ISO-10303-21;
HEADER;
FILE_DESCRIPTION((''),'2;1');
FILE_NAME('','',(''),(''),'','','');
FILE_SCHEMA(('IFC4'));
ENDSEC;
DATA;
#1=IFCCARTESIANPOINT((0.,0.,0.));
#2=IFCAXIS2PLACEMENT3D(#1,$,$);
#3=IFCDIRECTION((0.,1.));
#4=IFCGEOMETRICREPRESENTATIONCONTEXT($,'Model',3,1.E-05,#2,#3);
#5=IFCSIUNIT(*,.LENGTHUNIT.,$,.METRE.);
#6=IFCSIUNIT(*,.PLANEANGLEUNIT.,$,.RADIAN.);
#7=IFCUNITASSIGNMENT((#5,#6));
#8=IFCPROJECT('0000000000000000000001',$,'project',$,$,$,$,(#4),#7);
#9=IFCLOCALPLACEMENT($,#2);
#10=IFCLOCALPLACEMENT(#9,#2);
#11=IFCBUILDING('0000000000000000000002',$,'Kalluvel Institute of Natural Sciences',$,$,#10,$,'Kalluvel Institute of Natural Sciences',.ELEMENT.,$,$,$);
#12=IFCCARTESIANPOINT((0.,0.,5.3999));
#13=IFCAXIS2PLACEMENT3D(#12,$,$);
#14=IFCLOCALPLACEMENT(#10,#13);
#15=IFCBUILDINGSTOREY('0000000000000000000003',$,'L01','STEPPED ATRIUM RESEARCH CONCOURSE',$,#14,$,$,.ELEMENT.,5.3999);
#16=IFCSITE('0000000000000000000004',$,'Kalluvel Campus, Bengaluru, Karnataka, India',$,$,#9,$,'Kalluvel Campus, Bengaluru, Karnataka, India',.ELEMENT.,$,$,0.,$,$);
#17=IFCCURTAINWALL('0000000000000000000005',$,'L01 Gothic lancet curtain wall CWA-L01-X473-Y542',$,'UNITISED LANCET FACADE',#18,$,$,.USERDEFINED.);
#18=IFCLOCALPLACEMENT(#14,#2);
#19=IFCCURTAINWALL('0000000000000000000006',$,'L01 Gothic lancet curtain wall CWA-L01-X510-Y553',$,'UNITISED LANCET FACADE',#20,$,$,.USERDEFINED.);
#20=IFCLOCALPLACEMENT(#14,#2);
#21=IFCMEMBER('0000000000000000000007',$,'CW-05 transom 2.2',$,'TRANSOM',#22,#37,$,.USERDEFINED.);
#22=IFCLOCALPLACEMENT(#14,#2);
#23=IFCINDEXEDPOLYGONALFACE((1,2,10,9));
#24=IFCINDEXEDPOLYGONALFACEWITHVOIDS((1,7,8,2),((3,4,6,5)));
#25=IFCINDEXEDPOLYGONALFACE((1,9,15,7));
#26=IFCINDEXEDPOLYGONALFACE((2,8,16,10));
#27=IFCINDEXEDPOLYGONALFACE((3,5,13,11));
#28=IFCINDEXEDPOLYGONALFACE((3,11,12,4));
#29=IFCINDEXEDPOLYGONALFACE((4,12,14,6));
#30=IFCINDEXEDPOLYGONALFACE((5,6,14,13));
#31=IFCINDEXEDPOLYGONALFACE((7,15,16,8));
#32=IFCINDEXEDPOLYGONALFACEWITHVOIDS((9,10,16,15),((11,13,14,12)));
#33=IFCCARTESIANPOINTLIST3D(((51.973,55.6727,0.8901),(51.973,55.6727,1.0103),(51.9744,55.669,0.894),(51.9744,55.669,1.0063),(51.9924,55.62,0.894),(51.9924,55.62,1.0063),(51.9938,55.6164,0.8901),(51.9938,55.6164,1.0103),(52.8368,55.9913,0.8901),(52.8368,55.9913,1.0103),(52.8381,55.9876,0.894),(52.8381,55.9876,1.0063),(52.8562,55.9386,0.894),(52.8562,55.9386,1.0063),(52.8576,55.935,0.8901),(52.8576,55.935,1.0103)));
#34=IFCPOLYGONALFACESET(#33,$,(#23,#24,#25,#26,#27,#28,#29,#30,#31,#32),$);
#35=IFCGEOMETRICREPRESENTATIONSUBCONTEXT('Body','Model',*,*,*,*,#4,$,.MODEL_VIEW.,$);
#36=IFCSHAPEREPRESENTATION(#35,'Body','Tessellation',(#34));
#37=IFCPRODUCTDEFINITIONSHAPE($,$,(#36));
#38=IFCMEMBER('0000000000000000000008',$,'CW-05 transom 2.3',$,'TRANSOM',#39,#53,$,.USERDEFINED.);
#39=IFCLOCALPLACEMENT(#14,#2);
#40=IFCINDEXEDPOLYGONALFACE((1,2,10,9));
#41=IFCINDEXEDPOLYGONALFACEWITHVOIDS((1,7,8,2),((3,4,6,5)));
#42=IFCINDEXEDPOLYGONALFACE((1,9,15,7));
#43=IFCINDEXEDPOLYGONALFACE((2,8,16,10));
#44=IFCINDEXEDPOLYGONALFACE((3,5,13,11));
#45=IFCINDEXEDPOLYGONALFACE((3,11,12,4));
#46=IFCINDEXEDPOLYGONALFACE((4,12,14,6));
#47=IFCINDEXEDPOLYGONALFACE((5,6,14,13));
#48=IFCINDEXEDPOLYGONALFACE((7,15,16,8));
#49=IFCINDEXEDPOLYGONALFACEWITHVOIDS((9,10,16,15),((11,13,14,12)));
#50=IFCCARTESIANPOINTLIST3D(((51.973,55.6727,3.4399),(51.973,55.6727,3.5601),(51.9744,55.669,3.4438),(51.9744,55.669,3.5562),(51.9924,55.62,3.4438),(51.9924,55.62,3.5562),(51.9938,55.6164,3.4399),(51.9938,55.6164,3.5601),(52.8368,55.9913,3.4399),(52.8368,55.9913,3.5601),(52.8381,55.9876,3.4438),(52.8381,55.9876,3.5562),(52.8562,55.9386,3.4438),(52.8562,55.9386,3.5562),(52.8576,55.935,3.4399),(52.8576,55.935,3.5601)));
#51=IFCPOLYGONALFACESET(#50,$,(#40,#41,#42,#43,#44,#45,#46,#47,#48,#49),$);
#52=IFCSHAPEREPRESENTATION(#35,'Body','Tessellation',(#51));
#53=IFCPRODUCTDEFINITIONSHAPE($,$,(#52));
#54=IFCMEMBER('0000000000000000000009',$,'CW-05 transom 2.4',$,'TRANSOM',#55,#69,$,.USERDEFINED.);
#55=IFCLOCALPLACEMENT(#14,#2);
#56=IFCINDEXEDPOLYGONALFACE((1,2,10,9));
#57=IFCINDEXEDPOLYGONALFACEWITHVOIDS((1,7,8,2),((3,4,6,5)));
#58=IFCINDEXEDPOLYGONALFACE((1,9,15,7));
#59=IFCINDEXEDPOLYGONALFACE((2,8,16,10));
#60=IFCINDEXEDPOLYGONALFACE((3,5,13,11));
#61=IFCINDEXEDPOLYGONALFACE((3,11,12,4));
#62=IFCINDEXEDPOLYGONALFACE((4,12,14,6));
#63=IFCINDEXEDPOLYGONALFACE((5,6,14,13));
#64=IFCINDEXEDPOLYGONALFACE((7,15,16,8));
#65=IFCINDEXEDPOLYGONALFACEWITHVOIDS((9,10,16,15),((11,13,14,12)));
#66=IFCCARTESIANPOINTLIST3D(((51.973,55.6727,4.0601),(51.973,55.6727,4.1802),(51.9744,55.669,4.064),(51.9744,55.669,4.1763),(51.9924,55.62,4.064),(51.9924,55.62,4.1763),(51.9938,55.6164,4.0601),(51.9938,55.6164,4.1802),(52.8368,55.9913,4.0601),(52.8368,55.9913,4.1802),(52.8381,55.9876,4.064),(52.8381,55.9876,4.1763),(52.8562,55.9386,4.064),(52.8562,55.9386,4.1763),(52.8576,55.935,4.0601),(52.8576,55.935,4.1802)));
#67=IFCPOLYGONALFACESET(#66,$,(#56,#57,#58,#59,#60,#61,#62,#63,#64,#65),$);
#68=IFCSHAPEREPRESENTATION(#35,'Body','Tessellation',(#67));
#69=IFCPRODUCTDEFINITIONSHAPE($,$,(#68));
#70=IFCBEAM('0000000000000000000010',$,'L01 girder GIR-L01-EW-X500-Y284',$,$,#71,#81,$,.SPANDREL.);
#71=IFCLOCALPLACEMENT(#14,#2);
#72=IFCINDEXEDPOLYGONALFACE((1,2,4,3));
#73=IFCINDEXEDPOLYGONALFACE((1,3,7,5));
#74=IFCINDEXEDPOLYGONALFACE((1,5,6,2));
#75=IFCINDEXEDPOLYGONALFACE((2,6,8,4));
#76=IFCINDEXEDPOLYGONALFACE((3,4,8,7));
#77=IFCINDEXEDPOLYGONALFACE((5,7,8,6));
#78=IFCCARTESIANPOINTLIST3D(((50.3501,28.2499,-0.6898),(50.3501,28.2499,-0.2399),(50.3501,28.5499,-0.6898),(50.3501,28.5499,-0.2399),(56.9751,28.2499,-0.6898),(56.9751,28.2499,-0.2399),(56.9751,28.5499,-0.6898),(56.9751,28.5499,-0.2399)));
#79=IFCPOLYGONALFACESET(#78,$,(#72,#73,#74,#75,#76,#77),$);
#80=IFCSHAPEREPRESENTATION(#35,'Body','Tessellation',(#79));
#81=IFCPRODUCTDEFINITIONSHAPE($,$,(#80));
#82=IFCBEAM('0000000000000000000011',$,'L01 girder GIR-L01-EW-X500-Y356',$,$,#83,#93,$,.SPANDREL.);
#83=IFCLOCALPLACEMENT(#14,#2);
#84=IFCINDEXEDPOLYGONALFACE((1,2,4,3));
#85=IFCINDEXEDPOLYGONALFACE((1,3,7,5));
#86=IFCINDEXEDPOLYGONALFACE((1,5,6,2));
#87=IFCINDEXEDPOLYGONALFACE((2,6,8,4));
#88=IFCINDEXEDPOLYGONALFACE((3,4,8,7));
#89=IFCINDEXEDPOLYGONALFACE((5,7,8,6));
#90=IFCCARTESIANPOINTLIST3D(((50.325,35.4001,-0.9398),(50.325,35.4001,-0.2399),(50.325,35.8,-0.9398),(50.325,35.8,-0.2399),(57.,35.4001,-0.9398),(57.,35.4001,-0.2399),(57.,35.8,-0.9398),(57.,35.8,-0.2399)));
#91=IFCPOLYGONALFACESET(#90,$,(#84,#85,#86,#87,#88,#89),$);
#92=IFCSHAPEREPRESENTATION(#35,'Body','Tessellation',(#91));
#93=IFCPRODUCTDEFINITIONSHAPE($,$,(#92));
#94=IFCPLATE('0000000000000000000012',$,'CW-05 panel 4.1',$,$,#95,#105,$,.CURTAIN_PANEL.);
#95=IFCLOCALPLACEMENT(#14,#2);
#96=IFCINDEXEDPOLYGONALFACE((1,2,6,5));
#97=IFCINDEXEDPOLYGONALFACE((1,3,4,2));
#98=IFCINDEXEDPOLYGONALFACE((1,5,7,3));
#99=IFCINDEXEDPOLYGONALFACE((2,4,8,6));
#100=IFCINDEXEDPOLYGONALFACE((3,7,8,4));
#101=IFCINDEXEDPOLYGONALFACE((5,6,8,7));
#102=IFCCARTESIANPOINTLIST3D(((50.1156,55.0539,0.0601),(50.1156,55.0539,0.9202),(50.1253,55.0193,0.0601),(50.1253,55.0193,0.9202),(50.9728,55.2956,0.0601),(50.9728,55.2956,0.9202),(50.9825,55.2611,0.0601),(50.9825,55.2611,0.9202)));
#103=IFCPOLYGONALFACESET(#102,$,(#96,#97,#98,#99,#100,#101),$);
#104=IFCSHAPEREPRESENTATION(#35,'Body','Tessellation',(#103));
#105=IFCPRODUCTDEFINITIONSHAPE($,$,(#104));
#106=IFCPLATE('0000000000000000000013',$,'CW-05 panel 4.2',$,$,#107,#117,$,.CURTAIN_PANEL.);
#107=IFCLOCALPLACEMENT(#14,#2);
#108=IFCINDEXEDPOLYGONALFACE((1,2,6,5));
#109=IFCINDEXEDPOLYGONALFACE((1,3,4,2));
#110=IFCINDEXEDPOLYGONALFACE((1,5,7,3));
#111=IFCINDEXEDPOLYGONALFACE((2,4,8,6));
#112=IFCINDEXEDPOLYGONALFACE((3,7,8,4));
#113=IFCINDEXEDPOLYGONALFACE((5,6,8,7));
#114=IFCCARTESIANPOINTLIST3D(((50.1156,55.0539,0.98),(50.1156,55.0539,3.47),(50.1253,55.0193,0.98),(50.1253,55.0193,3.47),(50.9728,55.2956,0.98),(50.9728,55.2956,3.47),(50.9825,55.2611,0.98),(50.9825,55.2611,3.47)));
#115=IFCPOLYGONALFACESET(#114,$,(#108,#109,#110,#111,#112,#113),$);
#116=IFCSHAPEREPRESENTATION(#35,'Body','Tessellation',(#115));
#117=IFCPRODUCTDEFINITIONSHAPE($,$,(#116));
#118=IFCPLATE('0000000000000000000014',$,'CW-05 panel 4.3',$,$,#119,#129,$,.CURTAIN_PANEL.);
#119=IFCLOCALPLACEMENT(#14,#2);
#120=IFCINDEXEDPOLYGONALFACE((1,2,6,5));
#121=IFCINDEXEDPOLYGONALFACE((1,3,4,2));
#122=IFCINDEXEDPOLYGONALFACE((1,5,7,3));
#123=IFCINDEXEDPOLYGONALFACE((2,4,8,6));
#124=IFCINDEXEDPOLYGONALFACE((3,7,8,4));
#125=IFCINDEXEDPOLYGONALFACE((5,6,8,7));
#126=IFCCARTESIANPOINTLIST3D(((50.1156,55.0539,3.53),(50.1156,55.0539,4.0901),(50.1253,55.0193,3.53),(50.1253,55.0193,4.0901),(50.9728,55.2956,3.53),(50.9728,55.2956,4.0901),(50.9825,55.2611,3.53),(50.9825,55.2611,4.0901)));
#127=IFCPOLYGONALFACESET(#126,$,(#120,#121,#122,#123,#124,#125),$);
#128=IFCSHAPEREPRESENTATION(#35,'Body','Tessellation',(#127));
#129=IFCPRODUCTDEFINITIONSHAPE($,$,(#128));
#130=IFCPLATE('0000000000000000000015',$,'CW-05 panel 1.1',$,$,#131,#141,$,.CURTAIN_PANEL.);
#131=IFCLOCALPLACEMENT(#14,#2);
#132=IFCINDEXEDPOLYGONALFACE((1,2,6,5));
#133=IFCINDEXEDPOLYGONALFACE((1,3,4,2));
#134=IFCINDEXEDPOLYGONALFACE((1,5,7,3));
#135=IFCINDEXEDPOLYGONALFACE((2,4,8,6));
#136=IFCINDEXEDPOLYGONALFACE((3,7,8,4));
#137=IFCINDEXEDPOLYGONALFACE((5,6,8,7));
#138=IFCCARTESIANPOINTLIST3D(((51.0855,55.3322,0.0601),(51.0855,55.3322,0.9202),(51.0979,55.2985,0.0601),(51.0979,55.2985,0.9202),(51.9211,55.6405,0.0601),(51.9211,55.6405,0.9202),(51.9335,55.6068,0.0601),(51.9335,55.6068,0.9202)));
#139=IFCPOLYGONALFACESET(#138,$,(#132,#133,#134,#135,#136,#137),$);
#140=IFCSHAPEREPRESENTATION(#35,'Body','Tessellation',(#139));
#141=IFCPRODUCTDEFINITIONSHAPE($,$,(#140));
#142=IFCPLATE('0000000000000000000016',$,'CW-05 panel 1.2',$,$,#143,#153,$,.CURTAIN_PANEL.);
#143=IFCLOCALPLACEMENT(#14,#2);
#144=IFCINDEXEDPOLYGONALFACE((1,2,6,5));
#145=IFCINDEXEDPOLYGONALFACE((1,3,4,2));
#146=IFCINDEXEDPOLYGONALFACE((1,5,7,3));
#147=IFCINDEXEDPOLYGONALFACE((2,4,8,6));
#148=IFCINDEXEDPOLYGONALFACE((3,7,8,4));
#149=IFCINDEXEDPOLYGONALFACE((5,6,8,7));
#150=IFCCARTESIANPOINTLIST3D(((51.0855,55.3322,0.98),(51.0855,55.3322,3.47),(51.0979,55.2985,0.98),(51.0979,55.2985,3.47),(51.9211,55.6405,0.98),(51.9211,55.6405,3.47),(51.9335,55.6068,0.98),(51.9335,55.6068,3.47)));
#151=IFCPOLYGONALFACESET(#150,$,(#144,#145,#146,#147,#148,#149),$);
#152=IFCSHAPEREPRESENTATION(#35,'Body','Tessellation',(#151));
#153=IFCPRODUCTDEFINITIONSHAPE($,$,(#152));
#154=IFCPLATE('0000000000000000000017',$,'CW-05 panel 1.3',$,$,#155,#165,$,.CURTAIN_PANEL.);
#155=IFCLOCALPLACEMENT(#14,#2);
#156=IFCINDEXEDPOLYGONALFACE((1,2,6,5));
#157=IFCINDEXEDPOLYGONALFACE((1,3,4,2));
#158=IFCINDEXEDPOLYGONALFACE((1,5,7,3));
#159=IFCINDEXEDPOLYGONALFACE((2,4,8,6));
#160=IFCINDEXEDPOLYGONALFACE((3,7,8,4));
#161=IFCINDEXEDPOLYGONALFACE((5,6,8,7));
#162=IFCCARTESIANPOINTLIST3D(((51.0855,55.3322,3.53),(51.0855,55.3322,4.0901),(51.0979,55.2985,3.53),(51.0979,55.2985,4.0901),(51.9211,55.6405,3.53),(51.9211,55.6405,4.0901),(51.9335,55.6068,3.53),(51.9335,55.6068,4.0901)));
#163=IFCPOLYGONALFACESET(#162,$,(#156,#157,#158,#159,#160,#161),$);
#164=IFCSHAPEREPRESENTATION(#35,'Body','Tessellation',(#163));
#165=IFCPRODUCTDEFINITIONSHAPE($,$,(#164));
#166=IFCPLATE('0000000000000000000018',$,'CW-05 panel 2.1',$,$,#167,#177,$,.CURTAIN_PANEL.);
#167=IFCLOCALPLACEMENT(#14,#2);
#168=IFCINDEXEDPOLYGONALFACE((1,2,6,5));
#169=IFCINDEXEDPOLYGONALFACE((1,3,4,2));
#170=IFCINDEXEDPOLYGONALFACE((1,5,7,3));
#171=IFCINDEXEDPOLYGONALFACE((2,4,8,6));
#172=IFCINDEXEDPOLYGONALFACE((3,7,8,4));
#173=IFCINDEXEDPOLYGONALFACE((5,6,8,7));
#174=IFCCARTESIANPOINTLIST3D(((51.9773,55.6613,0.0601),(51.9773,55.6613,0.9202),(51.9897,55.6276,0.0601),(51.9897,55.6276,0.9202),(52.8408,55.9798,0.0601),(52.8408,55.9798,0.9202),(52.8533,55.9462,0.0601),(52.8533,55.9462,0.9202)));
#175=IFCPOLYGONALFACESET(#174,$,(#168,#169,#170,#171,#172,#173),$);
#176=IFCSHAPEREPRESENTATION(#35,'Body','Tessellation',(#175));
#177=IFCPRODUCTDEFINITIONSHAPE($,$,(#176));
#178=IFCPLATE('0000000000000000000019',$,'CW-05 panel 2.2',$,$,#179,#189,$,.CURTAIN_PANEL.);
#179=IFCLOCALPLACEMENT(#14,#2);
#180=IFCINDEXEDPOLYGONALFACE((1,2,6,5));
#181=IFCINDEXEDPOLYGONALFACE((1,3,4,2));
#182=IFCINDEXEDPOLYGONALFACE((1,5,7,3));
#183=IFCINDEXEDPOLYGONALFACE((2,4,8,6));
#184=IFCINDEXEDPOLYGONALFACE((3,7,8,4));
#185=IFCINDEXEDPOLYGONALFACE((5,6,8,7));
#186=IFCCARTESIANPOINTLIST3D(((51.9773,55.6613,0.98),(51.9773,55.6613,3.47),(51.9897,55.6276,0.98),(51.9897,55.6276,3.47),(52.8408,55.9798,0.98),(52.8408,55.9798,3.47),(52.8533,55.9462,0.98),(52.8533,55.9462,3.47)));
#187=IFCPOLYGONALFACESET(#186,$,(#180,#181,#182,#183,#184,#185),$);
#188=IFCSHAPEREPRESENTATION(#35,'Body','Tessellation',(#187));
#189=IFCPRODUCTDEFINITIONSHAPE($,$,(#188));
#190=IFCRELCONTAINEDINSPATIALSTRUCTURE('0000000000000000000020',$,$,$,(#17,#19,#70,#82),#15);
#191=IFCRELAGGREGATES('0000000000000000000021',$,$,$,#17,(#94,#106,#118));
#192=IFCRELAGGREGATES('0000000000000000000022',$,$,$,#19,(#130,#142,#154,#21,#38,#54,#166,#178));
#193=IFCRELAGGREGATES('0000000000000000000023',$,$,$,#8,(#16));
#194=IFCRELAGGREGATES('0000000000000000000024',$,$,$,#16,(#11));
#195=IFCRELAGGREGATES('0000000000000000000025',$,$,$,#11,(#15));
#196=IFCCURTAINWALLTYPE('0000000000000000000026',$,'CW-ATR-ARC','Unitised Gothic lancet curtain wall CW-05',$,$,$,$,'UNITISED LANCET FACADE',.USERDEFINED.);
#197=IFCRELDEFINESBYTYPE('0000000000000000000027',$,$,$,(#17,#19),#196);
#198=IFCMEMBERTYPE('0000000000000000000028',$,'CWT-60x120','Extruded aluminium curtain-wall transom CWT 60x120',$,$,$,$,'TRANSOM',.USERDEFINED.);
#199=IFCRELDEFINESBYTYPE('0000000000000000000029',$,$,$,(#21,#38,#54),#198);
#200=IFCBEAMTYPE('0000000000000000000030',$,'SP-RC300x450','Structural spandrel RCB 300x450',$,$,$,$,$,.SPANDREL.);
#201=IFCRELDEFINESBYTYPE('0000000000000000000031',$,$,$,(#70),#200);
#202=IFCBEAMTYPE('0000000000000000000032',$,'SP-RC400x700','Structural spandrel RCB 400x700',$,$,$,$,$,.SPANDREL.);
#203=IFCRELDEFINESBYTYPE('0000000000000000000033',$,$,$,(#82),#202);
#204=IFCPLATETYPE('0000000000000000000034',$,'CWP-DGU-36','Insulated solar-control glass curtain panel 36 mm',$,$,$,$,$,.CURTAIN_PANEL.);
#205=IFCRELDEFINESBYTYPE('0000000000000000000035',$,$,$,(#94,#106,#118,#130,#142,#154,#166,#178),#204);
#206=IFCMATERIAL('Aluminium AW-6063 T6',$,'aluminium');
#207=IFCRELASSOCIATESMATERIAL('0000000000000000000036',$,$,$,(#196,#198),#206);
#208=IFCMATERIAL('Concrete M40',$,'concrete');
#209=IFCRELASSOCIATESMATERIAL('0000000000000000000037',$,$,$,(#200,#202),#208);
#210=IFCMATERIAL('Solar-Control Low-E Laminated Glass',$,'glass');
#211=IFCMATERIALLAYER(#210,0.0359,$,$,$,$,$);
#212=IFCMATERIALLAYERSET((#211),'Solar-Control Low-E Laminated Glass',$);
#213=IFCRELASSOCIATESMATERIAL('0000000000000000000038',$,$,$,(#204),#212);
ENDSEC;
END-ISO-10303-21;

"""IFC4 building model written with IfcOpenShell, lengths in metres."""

from ifc_helpers import new_model, si_unit, direction, frame, origin, origin_2d, place, context, subcontext, project, spatial, rectangle, hollow_rectangle, extrude, material, layer, layer_set, material_profile, profile_set, type_object, element, aggregate, save


model = new_model("IFC4")

# Units and contexts
model_context = context("Model", 3, precision=1e-05, world=origin(), true_north=direction((0.0, 1.0)))
body_context = subcontext(model_context, "Body", "Model", "MODEL_VIEW")
ifc_project = project(units=[si_unit("LENGTHUNIT", "METRE"), si_unit("PLANEANGLEUNIT", "RADIAN")], contexts=[model_context])

# Site, building, storey
site_placement = place(None, origin())
site = spatial("IfcSite", under=ifc_project, at=site_placement, Name="Kalluvel Campus, Bengaluru, Karnataka, India", LongName="Kalluvel Campus, Bengaluru, Karnataka, India", CompositionType="ELEMENT", RefElevation=0.0)
building_placement = place(site_placement, origin())
building = spatial("IfcBuilding", under=site, at=building_placement, Name="Kalluvel Institute of Natural Sciences", LongName="Kalluvel Institute of Natural Sciences", CompositionType="ELEMENT")
storey_placement = place(building_placement, frame((0.0, 0.0, 5.3999)))
storey = spatial("IfcBuildingStorey", under=building, at=storey_placement, Name="L01", Description="STEPPED ATRIUM RESEARCH CONCOURSE", CompositionType="ELEMENT", Elevation=5.3999)

# Curtain wall
ifc_material_1 = material(Name="Aluminium AW-6063 T6", Category="aluminium")
curtain_wall_type = type_object("IfcCurtainWallType", Name="CW-ATR-ARC", Description="Unitised Gothic lancet curtain wall CW-05", ElementType="UNITISED LANCET FACADE", PredefinedType="USERDEFINED", material=ifc_material_1)
curtain_wall_1_placement = place(storey_placement, origin())
curtain_wall_1 = element("IfcCurtainWall", 1, at=curtain_wall_1_placement, inside=storey, type_object=curtain_wall_type, Name="L01 Gothic lancet curtain wall CWA-L01-X473-Y542", ObjectType="UNITISED LANCET FACADE", PredefinedType="USERDEFINED")

# Curtain wall
curtain_wall_2_placement = place(storey_placement, origin())
curtain_wall_2 = element("IfcCurtainWall", 2, at=curtain_wall_2_placement, inside=storey, type_object=curtain_wall_type, Name="L01 Gothic lancet curtain wall CWA-L01-X510-Y553", ObjectType="UNITISED LANCET FACADE", PredefinedType="USERDEFINED")

# Members
ifc_material_profile_1 = material_profile(ifc_material_1, hollow_rectangle(XDim=0.0601, YDim=0.1201, WallThickness=0.0039, at=origin_2d()), Name="CWT 60x120")
ifc_profile_set_1 = profile_set([ifc_material_profile_1], Name="Aluminium AW-6063 T6")
member_type_1 = type_object("IfcMemberType", Name="CWT-60x120", Description="Extruded aluminium curtain-wall transom CWT 60x120", ElementType="TRANSOM", PredefinedType="USERDEFINED", material=ifc_profile_set_1)
member_1_placement = place(storey_placement, frame((51.9834, 55.6445, 0.9502), z_axis=(0.938212, 0.346062, 0.0), x_axis=(-0.346062, 0.938212, 0.0)))
member_1 = element("IfcMember", 3, at=member_1_placement, type_object=member_type_1, Name="CW-05 transom 2.2", ObjectType="TRANSOM", PredefinedType="USERDEFINED", context=body_context, shape_type="SweptSolid", body=[
    extrude(hollow_rectangle(XDim=0.0601, YDim=0.1201, WallThickness=0.0039, at=origin_2d()), origin(), (0.0, 0.0, 1.0), 0.9207),
])
member_2_placement = place(storey_placement, frame((51.9834, 55.6445, 3.5), z_axis=(0.938212, 0.346062, 0.0), x_axis=(-0.346062, 0.938212, 0.0)))
member_2 = element("IfcMember", 4, at=member_2_placement, type_object=member_type_1, Name="CW-05 transom 2.3", ObjectType="TRANSOM", PredefinedType="USERDEFINED", context=body_context, shape_type="SweptSolid", body=[
    extrude(hollow_rectangle(XDim=0.0601, YDim=0.1201, WallThickness=0.0039, at=origin_2d()), origin(), (0.0, 0.0, 1.0), 0.9207),
])
member_3_placement = place(storey_placement, frame((51.9834, 55.6445, 4.1201), z_axis=(0.938212, 0.346062, 0.0), x_axis=(-0.346062, 0.938212, 0.0)))
member_3 = element("IfcMember", 5, at=member_3_placement, type_object=member_type_1, Name="CW-05 transom 2.4", ObjectType="TRANSOM", PredefinedType="USERDEFINED", context=body_context, shape_type="SweptSolid", body=[
    extrude(hollow_rectangle(XDim=0.0601, YDim=0.1201, WallThickness=0.0039, at=origin_2d()), origin(), (0.0, 0.0, 1.0), 0.9207),
])

# Beams
ifc_material_2 = material(Name="Concrete M40", Category="concrete")
ifc_material_profile_2 = material_profile(ifc_material_2, rectangle(XDim=0.3, YDim=0.45, at=origin_2d()), Name="RCB 300x450")
ifc_profile_set_2 = profile_set([ifc_material_profile_2], Name="Concrete M40")
beam_type_1 = type_object("IfcBeamType", Name="SP-RC300x450", Description="Structural spandrel RCB 300x450", PredefinedType="SPANDREL", material=ifc_profile_set_2)
beam_1_placement = place(storey_placement, frame((50.3501, 28.3999, -0.4648), z_axis=(1.0, 0.0, 0.0), x_axis=(0.0, 1.0, 0.0)))
element("IfcBeam", 6, at=beam_1_placement, inside=storey, type_object=beam_type_1, Name="L01 girder GIR-L01-EW-X500-Y284", PredefinedType="SPANDREL", context=body_context, shape_type="SweptSolid", body=[
    extrude(rectangle(XDim=0.3, YDim=0.45, at=origin_2d()), origin(), (0.0, 0.0, 1.0), 6.625),
])
ifc_material_profile_3 = material_profile(ifc_material_2, rectangle(XDim=0.3999, YDim=0.7, at=origin_2d()), Name="RCB 400x700")
ifc_profile_set_3 = profile_set([ifc_material_profile_3], Name="Concrete M40")
beam_type_2 = type_object("IfcBeamType", Name="SP-RC400x700", Description="Structural spandrel RCB 400x700", PredefinedType="SPANDREL", material=ifc_profile_set_3)
beam_2_placement = place(storey_placement, frame((50.325, 35.6001, -0.5898), z_axis=(1.0, 0.0, 0.0), x_axis=(0.0, 1.0, 0.0)))
element("IfcBeam", 7, at=beam_2_placement, inside=storey, type_object=beam_type_2, Name="L01 girder GIR-L01-EW-X500-Y356", PredefinedType="SPANDREL", context=body_context, shape_type="SweptSolid", body=[
    extrude(rectangle(XDim=0.3999, YDim=0.7, at=origin_2d()), origin(), (0.0, 0.0, 1.0), 6.675),
])

# Plates
ifc_material_3 = material(Name="Solar-Control Low-E Laminated Glass", Category="glass")
ifc_layer_1 = layer(ifc_material_3, 0.0359)
ifc_layer_set_1 = layer_set([ifc_layer_1], Name="Solar-Control Low-E Laminated Glass")
plate_type = type_object("IfcPlateType", Name="CWP-DGU-36", Description="Insulated solar-control glass curtain panel 36 mm", PredefinedType="CURTAIN_PANEL", material=ifc_layer_set_1)
plate_1_placement = place(storey_placement, frame((50.5491, 55.1575, 0.0601), z_axis=(0.0, 0.0, 1.0), x_axis=(0.962455, 0.27144, 0.0)))
plate_1 = element("IfcPlate", 8, at=plate_1_placement, type_object=plate_type, Name="CW-05 panel 4.1", PredefinedType="CURTAIN_PANEL", context=body_context, shape_type="SweptSolid", body=[
    extrude(rectangle(XDim=0.8906, YDim=0.0359, at=origin_2d()), origin(), (0.0, 0.0, 1.0), 0.8601),
])
plate_2_placement = place(storey_placement, frame((50.5491, 55.1575, 0.98), z_axis=(0.0, 0.0, 1.0), x_axis=(0.962455, 0.27144, 0.0)))
plate_2 = element("IfcPlate", 9, at=plate_2_placement, type_object=plate_type, Name="CW-05 panel 4.2", PredefinedType="CURTAIN_PANEL", context=body_context, shape_type="SweptSolid", body=[
    extrude(rectangle(XDim=0.8906, YDim=0.0359, at=origin_2d()), origin(), (0.0, 0.0, 1.0), 2.49),
])
plate_3_placement = place(storey_placement, frame((50.5491, 55.1575, 3.53), z_axis=(0.0, 0.0, 1.0), x_axis=(0.962455, 0.27144, 0.0)))
plate_3 = element("IfcPlate", 10, at=plate_3_placement, type_object=plate_type, Name="CW-05 panel 4.3", PredefinedType="CURTAIN_PANEL", context=body_context, shape_type="SweptSolid", body=[
    extrude(rectangle(XDim=0.8906, YDim=0.0359, at=origin_2d()), origin(), (0.0, 0.0, 1.0), 0.5601),
])
aggregate(curtain_wall_1, [plate_1, plate_2, plate_3])
plate_4_placement = place(storey_placement, frame((51.5095, 55.4695, 0.0601), z_axis=(0.0, 0.0, 1.0), x_axis=(0.938189, 0.346122, 0.0)))
plate_4 = element("IfcPlate", 11, at=plate_4_placement, type_object=plate_type, Name="CW-05 panel 1.1", PredefinedType="CURTAIN_PANEL", context=body_context, shape_type="SweptSolid", body=[
    extrude(rectangle(XDim=0.8906, YDim=0.0359, at=origin_2d()), origin(), (0.0, 0.0, 1.0), 0.8601),
])
plate_5_placement = place(storey_placement, frame((51.5095, 55.4695, 0.98), z_axis=(0.0, 0.0, 1.0), x_axis=(0.938189, 0.346122, 0.0)))
plate_5 = element("IfcPlate", 12, at=plate_5_placement, type_object=plate_type, Name="CW-05 panel 1.2", PredefinedType="CURTAIN_PANEL", context=body_context, shape_type="SweptSolid", body=[
    extrude(rectangle(XDim=0.8906, YDim=0.0359, at=origin_2d()), origin(), (0.0, 0.0, 1.0), 2.49),
])
plate_6_placement = place(storey_placement, frame((51.5095, 55.4695, 3.53), z_axis=(0.0, 0.0, 1.0), x_axis=(0.938189, 0.346122, 0.0)))
plate_6 = element("IfcPlate", 13, at=plate_6_placement, type_object=plate_type, Name="CW-05 panel 1.3", PredefinedType="CURTAIN_PANEL", context=body_context, shape_type="SweptSolid", body=[
    extrude(rectangle(XDim=0.8906, YDim=0.0359, at=origin_2d()), origin(), (0.0, 0.0, 1.0), 0.5601),
])
plate_7_placement = place(storey_placement, frame((52.4153, 55.8037, 0.0601), z_axis=(0.0, 0.0, 1.0), x_axis=(0.938189, 0.346122, 0.0)))
plate_7 = element("IfcPlate", 14, at=plate_7_placement, type_object=plate_type, Name="CW-05 panel 2.1", PredefinedType="CURTAIN_PANEL", context=body_context, shape_type="SweptSolid", body=[
    extrude(rectangle(XDim=0.9204, YDim=0.0359, at=origin_2d()), origin(), (0.0, 0.0, 1.0), 0.8601),
])
plate_8_placement = place(storey_placement, frame((52.4153, 55.8037, 0.98), z_axis=(0.0, 0.0, 1.0), x_axis=(0.938189, 0.346122, 0.0)))
plate_8 = element("IfcPlate", 15, at=plate_8_placement, type_object=plate_type, Name="CW-05 panel 2.2", PredefinedType="CURTAIN_PANEL", context=body_context, shape_type="SweptSolid", body=[
    extrude(rectangle(XDim=0.9204, YDim=0.0359, at=origin_2d()), origin(), (0.0, 0.0, 1.0), 2.49),
])
aggregate(curtain_wall_2, [plate_4, plate_5, plate_6, member_1, member_2, member_3, plate_7, plate_8])

save(model, "model.ifc")
